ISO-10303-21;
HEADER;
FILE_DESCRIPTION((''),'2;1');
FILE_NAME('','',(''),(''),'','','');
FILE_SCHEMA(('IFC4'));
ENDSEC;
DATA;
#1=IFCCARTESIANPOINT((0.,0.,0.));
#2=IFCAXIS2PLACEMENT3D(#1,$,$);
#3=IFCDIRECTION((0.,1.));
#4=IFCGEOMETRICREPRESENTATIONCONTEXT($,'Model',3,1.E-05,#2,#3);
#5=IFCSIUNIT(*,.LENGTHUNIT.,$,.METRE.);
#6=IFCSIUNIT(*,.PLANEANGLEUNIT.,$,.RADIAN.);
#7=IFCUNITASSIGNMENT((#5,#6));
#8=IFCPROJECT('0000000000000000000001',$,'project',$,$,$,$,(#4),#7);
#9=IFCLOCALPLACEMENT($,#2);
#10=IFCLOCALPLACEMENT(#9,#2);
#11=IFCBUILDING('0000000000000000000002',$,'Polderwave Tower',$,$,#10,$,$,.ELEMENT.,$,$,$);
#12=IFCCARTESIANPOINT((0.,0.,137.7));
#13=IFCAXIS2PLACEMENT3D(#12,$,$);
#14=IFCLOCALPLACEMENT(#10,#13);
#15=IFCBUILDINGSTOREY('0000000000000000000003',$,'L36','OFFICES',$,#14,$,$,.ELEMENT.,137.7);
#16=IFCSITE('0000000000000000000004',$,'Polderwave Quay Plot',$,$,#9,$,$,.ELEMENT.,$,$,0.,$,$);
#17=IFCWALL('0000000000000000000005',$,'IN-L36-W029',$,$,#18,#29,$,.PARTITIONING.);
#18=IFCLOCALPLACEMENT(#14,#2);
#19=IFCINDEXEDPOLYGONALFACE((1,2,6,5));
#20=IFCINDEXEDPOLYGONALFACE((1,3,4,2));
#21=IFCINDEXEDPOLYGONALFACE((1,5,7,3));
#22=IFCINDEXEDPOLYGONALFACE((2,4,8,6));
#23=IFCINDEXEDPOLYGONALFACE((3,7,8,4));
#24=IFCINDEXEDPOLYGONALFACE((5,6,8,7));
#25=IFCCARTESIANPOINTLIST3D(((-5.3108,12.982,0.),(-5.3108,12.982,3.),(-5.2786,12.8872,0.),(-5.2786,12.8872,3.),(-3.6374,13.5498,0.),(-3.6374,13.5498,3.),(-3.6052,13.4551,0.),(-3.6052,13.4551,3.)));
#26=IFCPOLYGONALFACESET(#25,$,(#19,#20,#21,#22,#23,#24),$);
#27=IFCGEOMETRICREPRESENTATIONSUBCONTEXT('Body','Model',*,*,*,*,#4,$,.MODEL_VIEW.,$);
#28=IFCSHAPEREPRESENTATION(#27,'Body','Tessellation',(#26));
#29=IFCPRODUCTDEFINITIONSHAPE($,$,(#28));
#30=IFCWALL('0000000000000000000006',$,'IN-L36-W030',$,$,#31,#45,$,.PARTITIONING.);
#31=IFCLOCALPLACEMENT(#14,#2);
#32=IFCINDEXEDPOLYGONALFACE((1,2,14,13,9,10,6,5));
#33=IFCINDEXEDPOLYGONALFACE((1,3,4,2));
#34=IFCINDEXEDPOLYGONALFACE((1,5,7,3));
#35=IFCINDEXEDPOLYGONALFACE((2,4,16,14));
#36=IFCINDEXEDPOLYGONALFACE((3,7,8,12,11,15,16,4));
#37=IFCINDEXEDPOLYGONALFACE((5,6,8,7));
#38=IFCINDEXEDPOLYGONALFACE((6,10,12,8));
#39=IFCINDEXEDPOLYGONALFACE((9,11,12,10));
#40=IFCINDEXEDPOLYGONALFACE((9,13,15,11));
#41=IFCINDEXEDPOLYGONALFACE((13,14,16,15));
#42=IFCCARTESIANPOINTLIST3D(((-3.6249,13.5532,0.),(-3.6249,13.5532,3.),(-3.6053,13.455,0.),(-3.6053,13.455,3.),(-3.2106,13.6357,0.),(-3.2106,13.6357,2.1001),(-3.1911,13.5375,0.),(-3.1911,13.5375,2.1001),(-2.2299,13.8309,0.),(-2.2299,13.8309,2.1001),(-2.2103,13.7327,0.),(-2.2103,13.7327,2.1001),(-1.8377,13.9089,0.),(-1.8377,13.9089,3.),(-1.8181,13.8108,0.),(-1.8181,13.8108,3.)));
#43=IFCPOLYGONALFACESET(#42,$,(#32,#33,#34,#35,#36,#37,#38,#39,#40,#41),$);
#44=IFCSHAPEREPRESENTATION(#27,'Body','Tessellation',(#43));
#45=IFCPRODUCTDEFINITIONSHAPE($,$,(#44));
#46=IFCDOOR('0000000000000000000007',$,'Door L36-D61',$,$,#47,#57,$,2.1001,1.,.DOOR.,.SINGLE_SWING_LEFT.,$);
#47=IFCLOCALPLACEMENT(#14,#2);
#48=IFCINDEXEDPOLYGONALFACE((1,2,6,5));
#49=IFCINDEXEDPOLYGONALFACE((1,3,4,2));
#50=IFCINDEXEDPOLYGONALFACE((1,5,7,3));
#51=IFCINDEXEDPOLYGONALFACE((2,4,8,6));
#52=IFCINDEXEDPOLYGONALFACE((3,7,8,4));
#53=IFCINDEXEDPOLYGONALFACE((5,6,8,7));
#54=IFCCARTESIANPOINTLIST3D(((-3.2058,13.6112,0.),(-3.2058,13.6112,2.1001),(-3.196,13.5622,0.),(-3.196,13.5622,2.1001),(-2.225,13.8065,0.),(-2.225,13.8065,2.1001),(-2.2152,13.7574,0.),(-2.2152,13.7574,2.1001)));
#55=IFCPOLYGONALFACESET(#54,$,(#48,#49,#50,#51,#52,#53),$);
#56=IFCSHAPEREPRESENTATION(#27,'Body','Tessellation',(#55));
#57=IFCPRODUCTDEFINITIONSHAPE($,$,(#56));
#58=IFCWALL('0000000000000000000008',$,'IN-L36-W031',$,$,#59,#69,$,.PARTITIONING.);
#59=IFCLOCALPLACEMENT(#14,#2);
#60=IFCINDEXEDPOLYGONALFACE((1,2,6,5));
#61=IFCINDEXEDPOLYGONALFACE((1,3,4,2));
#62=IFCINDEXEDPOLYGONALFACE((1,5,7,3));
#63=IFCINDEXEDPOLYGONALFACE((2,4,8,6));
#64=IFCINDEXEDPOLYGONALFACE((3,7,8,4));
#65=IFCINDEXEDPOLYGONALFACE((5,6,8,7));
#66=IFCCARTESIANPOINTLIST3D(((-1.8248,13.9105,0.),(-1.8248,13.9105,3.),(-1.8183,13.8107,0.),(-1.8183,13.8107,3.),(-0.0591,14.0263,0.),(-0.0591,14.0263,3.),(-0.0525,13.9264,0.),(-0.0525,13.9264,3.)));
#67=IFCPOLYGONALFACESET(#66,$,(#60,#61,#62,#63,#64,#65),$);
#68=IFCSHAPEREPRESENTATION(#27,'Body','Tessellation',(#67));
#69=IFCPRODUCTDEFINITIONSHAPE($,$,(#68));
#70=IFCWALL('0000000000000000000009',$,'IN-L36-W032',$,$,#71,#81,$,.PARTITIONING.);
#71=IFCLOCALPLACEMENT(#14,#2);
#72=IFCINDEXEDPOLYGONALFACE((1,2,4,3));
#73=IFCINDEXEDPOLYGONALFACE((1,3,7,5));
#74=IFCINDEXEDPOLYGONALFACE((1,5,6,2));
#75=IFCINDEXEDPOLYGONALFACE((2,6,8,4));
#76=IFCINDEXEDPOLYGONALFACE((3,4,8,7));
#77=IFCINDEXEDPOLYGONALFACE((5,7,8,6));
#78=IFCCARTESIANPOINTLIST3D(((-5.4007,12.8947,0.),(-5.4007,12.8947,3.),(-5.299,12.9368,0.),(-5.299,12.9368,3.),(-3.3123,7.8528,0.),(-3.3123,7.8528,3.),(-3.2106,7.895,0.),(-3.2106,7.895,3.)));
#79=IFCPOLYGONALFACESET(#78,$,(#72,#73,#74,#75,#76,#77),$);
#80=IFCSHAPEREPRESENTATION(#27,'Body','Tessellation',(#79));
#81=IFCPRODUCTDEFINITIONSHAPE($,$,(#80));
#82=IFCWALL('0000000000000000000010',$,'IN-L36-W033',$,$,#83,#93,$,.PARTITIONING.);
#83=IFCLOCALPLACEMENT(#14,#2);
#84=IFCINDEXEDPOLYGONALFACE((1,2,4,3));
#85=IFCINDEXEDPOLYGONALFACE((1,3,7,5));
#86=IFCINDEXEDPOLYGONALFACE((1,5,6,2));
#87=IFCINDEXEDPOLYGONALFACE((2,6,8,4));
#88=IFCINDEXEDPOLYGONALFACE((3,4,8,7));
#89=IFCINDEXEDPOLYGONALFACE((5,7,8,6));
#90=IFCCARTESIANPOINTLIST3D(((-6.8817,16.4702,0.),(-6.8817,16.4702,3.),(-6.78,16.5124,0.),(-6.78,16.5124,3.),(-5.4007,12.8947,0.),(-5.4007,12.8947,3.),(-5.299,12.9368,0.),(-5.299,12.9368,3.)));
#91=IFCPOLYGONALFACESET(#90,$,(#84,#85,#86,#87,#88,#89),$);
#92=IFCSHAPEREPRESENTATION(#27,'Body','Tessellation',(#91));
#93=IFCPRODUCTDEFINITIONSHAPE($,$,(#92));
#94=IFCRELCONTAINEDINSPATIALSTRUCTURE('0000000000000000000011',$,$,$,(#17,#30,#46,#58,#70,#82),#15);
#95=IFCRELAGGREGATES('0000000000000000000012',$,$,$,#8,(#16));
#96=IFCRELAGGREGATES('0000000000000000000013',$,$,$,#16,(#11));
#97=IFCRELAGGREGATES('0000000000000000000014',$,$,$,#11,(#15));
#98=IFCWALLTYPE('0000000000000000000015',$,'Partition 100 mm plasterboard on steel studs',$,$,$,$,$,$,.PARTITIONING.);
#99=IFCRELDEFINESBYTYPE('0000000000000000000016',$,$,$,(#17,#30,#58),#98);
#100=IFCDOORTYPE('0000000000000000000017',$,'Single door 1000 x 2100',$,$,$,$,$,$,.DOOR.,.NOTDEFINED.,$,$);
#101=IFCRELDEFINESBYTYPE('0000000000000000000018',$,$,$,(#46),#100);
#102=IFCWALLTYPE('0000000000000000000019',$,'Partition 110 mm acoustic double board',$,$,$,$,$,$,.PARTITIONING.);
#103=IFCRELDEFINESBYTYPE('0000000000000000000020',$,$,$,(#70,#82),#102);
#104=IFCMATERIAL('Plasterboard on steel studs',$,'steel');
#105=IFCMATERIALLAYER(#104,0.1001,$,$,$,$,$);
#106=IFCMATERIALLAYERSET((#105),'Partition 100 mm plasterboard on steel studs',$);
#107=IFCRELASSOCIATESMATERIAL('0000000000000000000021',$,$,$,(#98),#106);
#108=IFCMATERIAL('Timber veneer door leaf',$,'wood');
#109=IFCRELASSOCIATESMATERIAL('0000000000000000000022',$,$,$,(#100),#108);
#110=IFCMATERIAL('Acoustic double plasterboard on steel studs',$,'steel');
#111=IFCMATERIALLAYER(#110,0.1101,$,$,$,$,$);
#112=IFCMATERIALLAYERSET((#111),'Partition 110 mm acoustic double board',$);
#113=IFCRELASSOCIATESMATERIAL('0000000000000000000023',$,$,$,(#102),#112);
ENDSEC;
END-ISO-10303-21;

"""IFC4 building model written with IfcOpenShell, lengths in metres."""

from ifc_helpers import new_model, si_unit, direction, frame, frame_2d, origin, place, context, subcontext, project, spatial, rectangle, extrude, material, layer, layer_set, type_object, element, fill, save


model = new_model("IFC4")

# Units and contexts
model_context = context("Model", 3, precision=1e-05, world=origin(), true_north=direction((0.0, 1.0)))
body_context = subcontext(model_context, "Body", "Model", "MODEL_VIEW")
ifc_project = project(units=[si_unit("LENGTHUNIT", "METRE"), si_unit("PLANEANGLEUNIT", "RADIAN")], contexts=[model_context])

# Site, building, storey
site_placement = place(None, origin())
site = spatial("IfcSite", under=ifc_project, at=site_placement, Name="Polderwave Quay Plot", CompositionType="ELEMENT", RefElevation=0.0)
building_placement = place(site_placement, origin())
building = spatial("IfcBuilding", under=site, at=building_placement, Name="Polderwave Tower", CompositionType="ELEMENT")
storey_placement = place(building_placement, frame((0.0, 0.0, 137.7)))
storey = spatial("IfcBuildingStorey", under=building, at=storey_placement, Name="L36", Description="OFFICES", CompositionType="ELEMENT", Elevation=137.7)

# Wall
ifc_material_1 = material(Name="Plasterboard on steel studs", Category="steel")
ifc_layer_1 = layer(ifc_material_1, 0.1001)
ifc_layer_set_1 = layer_set([ifc_layer_1], Name="Partition 100 mm plasterboard on steel studs")
wall_type_1 = type_object("IfcWallType", Name="Partition 100 mm plasterboard on steel studs", PredefinedType="PARTITIONING", material=ifc_layer_set_1)
wall_1_placement = place(storey_placement, frame((-5.2947, 12.9346, 0.0), z_axis=(0.0, 0.0, 1.0), x_axis=(0.946956, 0.321363, 0.0)))
element("IfcWall", 1, at=wall_1_placement, inside=storey, type_object=wall_type_1, Name="IN-L36-W029", PredefinedType="PARTITIONING", context=body_context, shape_type="SweptSolid", body=[
    extrude(rectangle(XDim=1.7671, YDim=0.1001, at=frame_2d((0.8835, 0.0))), origin(), (0.0, 0.0, 1.0), 3.0),
])

# Wall, opening, door
wall_2_placement = place(storey_placement, frame((-1.8279, 13.8599, 0.0), z_axis=(0.0, 0.0, 1.0), x_axis=(-0.980761, -0.195214, 0.0)))
wall_2 = element("IfcWall", 2, at=wall_2_placement, inside=storey, type_object=wall_type_1, Name="IN-L36-W030", PredefinedType="PARTITIONING", context=body_context, shape_type="SweptSolid", body=[
    extrude(rectangle(XDim=1.8223, YDim=0.1001, at=frame_2d((0.9111, 0.0))), origin(), (0.0, 0.0, 1.0), 3.0),
])
opening_placement = place(wall_2_placement, frame((0.3999, 0.0, 0.0)))
opening = element("IfcOpeningElement", 3, at=opening_placement, cuts=wall_2, PredefinedType="OPENING", context=body_context, shape_type="SweptSolid", body=[
    extrude(rectangle(XDim=1.0, YDim=2.1001, at=frame_2d((0.5, 1.05))), frame((0.0, 0.0601, 0.0), z_axis=(0.0, -1.0, 0.0), x_axis=(1.0, 0.0, 0.0)), (0.0, 0.0, 1.0), 0.1201),
])
ifc_material_2 = material(Name="Timber veneer door leaf", Category="wood")
door_type = type_object("IfcDoorType", Name="Single door 1000 x 2100", OperationType="NOTDEFINED", PredefinedType="DOOR", material=ifc_material_2)
door_placement = place(opening_placement, origin())
door = element("IfcDoor", 4, at=door_placement, inside=storey, type_object=door_type, Name="Door L36-D61", OperationType="SINGLE_SWING_LEFT", OverallHeight=2.1001, OverallWidth=1.0, PredefinedType="DOOR", context=body_context, shape_type="SweptSolid", body=[
    extrude(rectangle(XDim=1.0, YDim=2.1001, at=frame_2d((0.5, 1.05))), frame((0.0, 0.0249, 0.0), z_axis=(0.0, -1.0, 0.0), x_axis=(1.0, 0.0, 0.0)), (0.0, 0.0, 1.0), 0.05),
])
fill(opening, door)

# Walls
wall_3_placement = place(storey_placement, frame((-1.8215, 13.8606, 0.0), z_axis=(0.0, 0.0, 1.0), x_axis=(0.997859, 0.065402, 0.0)))
element("IfcWall", 5, at=wall_3_placement, inside=storey, type_object=wall_type_1, Name="IN-L36-W031", PredefinedType="PARTITIONING", context=body_context, shape_type="SweptSolid", body=[
    extrude(rectangle(XDim=1.7695, YDim=0.1001, at=frame_2d((0.8848, 0.0))), origin(), (0.0, 0.0, 1.0), 3.0),
])
ifc_material_3 = material(Name="Acoustic double plasterboard on steel studs", Category="steel")
ifc_layer_2 = layer(ifc_material_3, 0.1101)
ifc_layer_set_2 = layer_set([ifc_layer_2], Name="Partition 110 mm acoustic double board")
wall_type_2 = type_object("IfcWallType", Name="Partition 110 mm acoustic double board", PredefinedType="PARTITIONING", material=ifc_layer_set_2)
wall_4_placement = place(storey_placement, frame((-3.2615, 7.874, 0.0), z_axis=(0.0, 0.0, 1.0), x_axis=(-0.382686, 0.923878, 0.0)))
element("IfcWall", 6, at=wall_4_placement, inside=storey, type_object=wall_type_2, Name="IN-L36-W032", PredefinedType="PARTITIONING", context=body_context, shape_type="SweptSolid", body=[
    extrude(rectangle(XDim=5.4573, YDim=0.1101, at=frame_2d((2.7285, 0.0))), origin(), (0.0, 0.0, 1.0), 3.0),
])
wall_5_placement = place(storey_placement, frame((-5.3499, 12.9158, 0.0), z_axis=(0.0, 0.0, 1.0), x_axis=(-0.382675, 0.923883, 0.0)))
element("IfcWall", 7, at=wall_5_placement, inside=storey, type_object=wall_type_2, Name="IN-L36-W033", PredefinedType="PARTITIONING", context=body_context, shape_type="SweptSolid", body=[
    extrude(rectangle(XDim=3.8701, YDim=0.1101, at=frame_2d((1.9351, 0.0))), origin(), (0.0, 0.0, 1.0), 3.0),
])

save(model, "model.ifc")
